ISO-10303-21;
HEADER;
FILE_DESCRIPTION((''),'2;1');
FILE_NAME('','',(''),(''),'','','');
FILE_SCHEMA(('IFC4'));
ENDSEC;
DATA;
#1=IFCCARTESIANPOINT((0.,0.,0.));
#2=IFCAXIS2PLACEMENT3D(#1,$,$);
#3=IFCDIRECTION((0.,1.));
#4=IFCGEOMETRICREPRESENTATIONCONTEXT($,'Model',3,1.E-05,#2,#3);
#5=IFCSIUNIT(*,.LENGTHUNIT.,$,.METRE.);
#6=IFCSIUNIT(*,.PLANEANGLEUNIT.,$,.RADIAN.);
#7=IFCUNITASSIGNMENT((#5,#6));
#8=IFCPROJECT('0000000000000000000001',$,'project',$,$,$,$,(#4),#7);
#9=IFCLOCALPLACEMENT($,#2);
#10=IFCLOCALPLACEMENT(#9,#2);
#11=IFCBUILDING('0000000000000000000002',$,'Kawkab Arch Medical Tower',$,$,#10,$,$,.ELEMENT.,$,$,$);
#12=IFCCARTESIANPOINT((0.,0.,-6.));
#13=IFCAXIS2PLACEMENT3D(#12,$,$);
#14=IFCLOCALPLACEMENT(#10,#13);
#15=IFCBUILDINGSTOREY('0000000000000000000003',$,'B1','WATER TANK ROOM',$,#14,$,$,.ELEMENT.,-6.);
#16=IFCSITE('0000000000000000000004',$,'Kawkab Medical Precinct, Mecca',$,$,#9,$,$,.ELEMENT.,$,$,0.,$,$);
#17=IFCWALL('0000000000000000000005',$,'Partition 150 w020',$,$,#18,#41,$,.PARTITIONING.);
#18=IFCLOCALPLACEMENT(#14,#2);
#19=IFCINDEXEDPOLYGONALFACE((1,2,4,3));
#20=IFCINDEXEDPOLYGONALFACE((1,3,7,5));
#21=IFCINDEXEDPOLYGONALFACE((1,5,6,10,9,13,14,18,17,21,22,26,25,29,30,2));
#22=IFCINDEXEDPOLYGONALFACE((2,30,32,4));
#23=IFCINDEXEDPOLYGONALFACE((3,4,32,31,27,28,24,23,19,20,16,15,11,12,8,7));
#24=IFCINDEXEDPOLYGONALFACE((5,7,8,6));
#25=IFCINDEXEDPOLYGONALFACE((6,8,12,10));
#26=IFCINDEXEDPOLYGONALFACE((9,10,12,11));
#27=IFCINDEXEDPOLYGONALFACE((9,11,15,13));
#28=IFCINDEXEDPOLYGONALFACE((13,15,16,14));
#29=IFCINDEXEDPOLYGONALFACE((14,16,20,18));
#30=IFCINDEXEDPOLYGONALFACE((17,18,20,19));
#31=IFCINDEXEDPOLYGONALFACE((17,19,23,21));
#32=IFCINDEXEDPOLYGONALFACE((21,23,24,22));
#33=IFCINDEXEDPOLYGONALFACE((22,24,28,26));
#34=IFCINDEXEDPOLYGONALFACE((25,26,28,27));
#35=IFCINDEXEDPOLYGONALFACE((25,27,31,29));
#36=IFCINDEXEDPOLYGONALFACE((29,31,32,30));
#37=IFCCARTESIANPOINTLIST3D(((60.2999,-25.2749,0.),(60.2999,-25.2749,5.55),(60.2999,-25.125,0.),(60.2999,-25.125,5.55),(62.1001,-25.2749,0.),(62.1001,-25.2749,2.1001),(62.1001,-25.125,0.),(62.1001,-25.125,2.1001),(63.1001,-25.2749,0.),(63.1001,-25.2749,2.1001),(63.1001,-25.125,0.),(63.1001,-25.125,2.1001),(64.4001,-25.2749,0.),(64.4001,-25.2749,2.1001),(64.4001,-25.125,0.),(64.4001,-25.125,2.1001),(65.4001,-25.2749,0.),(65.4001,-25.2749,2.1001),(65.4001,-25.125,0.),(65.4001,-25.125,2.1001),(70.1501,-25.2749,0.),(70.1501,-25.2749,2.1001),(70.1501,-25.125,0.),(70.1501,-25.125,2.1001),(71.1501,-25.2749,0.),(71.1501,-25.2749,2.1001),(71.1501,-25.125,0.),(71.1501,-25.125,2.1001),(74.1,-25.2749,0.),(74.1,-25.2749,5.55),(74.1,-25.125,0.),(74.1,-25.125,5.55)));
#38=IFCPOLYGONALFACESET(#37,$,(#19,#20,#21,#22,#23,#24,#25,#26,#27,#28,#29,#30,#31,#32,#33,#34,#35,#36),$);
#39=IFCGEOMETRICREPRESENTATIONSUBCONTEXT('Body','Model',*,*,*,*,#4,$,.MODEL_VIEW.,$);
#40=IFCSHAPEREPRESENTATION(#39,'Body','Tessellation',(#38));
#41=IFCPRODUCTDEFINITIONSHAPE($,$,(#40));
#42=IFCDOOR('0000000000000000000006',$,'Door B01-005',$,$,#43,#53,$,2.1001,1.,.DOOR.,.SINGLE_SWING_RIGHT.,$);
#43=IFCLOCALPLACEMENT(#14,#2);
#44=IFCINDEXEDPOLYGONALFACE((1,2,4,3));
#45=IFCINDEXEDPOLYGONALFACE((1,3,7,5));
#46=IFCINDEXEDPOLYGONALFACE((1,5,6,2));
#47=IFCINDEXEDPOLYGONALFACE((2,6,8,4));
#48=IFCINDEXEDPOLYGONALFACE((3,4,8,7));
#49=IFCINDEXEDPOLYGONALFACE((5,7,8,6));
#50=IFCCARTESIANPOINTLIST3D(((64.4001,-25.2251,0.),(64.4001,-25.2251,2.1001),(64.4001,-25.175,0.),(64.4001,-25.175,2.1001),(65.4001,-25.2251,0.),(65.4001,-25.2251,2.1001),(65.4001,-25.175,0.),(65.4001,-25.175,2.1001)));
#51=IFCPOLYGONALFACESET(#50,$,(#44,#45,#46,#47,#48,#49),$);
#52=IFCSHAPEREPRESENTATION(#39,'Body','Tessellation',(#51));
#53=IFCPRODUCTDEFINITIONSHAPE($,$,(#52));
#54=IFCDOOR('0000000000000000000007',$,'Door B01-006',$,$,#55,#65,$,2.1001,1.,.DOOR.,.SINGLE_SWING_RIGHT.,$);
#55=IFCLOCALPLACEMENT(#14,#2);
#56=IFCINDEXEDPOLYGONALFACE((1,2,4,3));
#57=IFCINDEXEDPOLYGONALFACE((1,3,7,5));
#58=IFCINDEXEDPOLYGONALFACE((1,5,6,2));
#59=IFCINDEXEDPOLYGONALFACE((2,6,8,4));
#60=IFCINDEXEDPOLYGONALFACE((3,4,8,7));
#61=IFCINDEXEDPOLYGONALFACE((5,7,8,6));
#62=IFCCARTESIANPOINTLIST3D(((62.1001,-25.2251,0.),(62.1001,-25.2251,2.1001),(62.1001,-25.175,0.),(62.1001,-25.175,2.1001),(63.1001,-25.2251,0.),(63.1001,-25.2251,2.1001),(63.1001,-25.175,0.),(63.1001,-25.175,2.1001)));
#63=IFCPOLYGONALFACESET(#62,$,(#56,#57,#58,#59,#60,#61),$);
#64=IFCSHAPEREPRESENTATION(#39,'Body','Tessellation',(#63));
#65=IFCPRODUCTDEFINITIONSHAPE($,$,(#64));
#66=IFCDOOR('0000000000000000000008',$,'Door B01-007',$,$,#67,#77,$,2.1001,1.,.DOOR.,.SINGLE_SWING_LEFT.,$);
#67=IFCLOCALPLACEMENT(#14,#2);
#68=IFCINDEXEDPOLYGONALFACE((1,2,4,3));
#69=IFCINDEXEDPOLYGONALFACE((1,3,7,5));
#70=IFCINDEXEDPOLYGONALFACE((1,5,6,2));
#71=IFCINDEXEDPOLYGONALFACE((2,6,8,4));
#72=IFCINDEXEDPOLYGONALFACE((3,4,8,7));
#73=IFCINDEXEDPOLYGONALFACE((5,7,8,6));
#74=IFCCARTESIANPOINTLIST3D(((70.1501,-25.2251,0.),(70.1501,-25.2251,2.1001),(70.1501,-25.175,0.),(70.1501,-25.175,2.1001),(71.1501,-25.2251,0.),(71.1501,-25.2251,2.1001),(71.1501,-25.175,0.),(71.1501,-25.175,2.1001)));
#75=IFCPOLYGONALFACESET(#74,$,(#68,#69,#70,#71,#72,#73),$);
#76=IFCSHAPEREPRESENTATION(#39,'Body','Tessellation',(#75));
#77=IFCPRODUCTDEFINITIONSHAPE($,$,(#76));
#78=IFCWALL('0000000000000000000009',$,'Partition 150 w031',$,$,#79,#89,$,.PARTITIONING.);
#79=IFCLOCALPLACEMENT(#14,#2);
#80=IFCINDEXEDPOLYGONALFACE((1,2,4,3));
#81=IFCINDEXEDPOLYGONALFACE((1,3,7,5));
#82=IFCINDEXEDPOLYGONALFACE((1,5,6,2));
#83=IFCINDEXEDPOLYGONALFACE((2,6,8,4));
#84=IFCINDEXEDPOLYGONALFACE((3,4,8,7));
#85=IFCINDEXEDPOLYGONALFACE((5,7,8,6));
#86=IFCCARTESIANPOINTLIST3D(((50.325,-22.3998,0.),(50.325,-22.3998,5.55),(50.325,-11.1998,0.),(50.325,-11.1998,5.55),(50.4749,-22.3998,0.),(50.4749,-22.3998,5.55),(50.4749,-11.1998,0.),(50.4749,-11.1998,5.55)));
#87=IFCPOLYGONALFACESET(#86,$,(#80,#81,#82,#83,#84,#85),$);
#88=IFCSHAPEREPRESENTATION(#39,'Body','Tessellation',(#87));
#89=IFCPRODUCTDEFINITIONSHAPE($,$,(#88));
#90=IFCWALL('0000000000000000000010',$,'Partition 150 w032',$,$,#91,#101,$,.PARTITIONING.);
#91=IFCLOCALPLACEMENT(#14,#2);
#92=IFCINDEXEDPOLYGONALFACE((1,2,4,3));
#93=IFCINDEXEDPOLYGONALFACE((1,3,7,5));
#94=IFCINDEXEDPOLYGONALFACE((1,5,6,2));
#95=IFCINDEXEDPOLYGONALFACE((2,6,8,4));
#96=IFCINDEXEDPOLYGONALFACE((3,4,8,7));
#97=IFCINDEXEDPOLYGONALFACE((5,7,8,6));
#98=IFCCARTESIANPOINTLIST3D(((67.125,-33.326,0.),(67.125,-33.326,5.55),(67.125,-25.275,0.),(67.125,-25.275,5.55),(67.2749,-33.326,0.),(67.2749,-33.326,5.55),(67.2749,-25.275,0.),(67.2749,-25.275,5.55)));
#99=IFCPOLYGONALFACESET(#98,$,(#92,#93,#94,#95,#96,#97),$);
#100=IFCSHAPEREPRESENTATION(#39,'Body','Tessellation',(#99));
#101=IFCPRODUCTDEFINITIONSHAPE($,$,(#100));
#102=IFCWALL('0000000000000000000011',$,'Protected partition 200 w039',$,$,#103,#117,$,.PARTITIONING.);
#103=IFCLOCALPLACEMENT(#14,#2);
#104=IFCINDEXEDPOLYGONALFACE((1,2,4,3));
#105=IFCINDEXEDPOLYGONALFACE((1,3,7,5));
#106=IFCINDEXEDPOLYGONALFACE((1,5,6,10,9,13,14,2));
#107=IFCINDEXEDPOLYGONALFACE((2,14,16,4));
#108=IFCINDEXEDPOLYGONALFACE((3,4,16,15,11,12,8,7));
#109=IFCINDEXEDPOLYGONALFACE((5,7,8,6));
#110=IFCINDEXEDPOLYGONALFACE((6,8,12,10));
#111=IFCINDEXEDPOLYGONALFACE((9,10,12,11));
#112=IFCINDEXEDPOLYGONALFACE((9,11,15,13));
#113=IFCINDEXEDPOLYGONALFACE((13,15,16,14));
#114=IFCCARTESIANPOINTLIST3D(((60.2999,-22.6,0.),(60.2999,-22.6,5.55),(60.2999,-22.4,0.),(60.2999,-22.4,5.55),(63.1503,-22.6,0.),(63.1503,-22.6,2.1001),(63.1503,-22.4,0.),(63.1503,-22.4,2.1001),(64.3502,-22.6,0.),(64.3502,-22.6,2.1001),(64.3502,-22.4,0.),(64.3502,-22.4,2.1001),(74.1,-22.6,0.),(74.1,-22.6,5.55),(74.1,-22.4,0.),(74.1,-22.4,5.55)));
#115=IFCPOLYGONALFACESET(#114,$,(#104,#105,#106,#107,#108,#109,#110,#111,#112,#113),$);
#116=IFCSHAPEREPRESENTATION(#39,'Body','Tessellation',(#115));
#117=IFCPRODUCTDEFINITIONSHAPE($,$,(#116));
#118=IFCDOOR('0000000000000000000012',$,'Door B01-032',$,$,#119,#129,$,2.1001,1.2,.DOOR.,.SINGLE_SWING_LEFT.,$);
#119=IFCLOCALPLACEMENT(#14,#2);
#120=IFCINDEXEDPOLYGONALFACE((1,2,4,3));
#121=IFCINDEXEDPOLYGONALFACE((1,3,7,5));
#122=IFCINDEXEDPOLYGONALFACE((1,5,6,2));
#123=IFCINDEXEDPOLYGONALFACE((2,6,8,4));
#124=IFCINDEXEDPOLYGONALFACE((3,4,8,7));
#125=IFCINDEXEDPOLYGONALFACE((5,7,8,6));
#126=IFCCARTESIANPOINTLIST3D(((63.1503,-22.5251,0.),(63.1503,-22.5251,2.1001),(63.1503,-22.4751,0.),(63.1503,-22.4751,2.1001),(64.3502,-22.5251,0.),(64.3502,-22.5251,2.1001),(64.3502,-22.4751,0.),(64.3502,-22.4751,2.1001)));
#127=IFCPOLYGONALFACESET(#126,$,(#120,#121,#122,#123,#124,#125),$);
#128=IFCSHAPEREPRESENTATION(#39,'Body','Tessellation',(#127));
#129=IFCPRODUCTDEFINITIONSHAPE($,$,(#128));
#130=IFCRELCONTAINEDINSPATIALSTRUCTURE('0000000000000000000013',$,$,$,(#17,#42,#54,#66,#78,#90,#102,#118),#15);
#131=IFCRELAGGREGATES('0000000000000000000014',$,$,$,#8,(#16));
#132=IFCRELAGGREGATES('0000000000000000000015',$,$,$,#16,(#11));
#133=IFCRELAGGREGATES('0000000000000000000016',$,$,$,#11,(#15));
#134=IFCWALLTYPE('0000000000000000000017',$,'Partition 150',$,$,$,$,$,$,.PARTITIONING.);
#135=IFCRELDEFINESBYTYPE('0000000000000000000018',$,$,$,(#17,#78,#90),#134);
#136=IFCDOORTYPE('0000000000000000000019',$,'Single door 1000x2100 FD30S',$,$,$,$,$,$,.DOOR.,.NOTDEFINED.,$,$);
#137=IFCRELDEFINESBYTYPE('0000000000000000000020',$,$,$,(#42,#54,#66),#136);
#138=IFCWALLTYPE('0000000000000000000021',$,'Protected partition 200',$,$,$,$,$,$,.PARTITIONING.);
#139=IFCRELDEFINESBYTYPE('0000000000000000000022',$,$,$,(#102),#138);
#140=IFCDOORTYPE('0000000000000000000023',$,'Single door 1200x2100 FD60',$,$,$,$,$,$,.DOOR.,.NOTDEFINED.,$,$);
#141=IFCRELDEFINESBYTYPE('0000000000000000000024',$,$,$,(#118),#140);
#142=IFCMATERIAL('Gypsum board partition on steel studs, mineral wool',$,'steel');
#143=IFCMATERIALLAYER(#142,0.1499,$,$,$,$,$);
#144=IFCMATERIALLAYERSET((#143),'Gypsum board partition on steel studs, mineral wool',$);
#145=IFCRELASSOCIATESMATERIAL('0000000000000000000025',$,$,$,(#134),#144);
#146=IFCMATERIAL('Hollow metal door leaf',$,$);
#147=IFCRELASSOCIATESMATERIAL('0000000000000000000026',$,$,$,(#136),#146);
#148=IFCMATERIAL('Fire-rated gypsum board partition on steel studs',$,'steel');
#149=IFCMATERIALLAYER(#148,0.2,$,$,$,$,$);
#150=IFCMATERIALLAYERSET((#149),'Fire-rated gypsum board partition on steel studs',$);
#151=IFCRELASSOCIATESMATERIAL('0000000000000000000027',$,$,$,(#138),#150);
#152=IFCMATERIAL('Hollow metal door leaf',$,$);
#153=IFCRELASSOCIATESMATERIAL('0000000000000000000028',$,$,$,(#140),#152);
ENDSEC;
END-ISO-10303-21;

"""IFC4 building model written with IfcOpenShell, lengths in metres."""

from ifc_helpers import new_model, si_unit, direction, frame, frame_2d, origin, place, context, subcontext, project, spatial, rectangle, extrude, material, layer, layer_set, type_object, element, fill, save


model = new_model("IFC4")

# Units and contexts
model_context = context("Model", 3, precision=1e-05, world=origin(), true_north=direction((0.0, 1.0)))
body_context = subcontext(model_context, "Body", "Model", "MODEL_VIEW")
ifc_project = project(units=[si_unit("LENGTHUNIT", "METRE"), si_unit("PLANEANGLEUNIT", "RADIAN")], contexts=[model_context])

# Site, building, storey
site_placement = place(None, origin())
site = spatial("IfcSite", under=ifc_project, at=site_placement, Name="Kawkab Medical Precinct, Mecca", CompositionType="ELEMENT", RefElevation=0.0)
building_placement = place(site_placement, origin())
building = spatial("IfcBuilding", under=site, at=building_placement, Name="Kawkab Arch Medical Tower", CompositionType="ELEMENT")
storey_placement = place(building_placement, frame((0.0, 0.0, -6.0)))
storey = spatial("IfcBuildingStorey", under=building, at=storey_placement, Name="B1", Description="WATER TANK ROOM", CompositionType="ELEMENT", Elevation=-6.0)

# Wall, openings, doors
ifc_material_1 = material(Name="Gypsum board partition on steel studs, mineral wool", Category="steel")
ifc_layer_1 = layer(ifc_material_1, 0.1499)
ifc_layer_set_1 = layer_set([ifc_layer_1], Name="Gypsum board partition on steel studs, mineral wool")
wall_type_1 = type_object("IfcWallType", Name="Partition 150", PredefinedType="PARTITIONING", material=ifc_layer_set_1)
wall_1_placement = place(storey_placement, frame((60.3, -25.2, 0.0), z_axis=(0.0, 0.0, 1.0), x_axis=(1.0, 0.0, 0.0)))
wall_1 = element("IfcWall", 1, at=wall_1_placement, inside=storey, type_object=wall_type_1, Name="Partition 150 w020", PredefinedType="PARTITIONING", context=body_context, shape_type="SweptSolid", body=[
    extrude(rectangle(XDim=13.8, YDim=0.1499, at=frame_2d((6.8999, 0.0))), origin(), (0.0, 0.0, 1.0), 5.55),
])
opening_1_placement = place(wall_1_placement, frame((4.1001, 0.0, 0.0)))
opening_1 = element("IfcOpeningElement", 2, at=opening_1_placement, cuts=wall_1, PredefinedType="OPENING", context=body_context, shape_type="SweptSolid", body=[
    extrude(rectangle(XDim=1.0, YDim=2.1001, at=frame_2d((0.5, 1.05))), frame((0.0, 0.085, 0.0), z_axis=(0.0, -1.0, 0.0), x_axis=(1.0, 0.0, 0.0)), (0.0, 0.0, 1.0), 0.1699),
])
opening_2_placement = place(wall_1_placement, frame((1.8, 0.0, 0.0)))
opening_2 = element("IfcOpeningElement", 3, at=opening_2_placement, cuts=wall_1, PredefinedType="OPENING", context=body_context, shape_type="SweptSolid", body=[
    extrude(rectangle(XDim=1.0, YDim=2.1001, at=frame_2d((0.5, 1.05))), frame((0.0, 0.085, 0.0), z_axis=(0.0, -1.0, 0.0), x_axis=(1.0, 0.0, 0.0)), (0.0, 0.0, 1.0), 0.1699),
])
opening_3_placement = place(wall_1_placement, frame((9.8501, 0.0, 0.0)))
opening_3 = element("IfcOpeningElement", 4, at=opening_3_placement, cuts=wall_1, PredefinedType="OPENING", context=body_context, shape_type="SweptSolid", body=[
    extrude(rectangle(XDim=1.0, YDim=2.1001, at=frame_2d((0.5, 1.05))), frame((0.0, 0.085, 0.0), z_axis=(0.0, -1.0, 0.0), x_axis=(1.0, 0.0, 0.0)), (0.0, 0.0, 1.0), 0.1699),
])
ifc_material_2 = material(Name="Hollow metal door leaf")
door_type_1 = type_object("IfcDoorType", Name="Single door 1000x2100 FD30S", OperationType="NOTDEFINED", PredefinedType="DOOR", material=ifc_material_2)
door_1_placement = place(opening_1_placement, origin())
door_1 = element("IfcDoor", 5, at=door_1_placement, inside=storey, type_object=door_type_1, Name="Door B01-005", OperationType="SINGLE_SWING_RIGHT", OverallHeight=2.1001, OverallWidth=1.0, PredefinedType="DOOR", context=body_context, shape_type="SweptSolid", body=[
    extrude(rectangle(XDim=1.0, YDim=2.1001, at=frame_2d((0.5, 1.05))), frame((0.0, 0.0249, 0.0), z_axis=(0.0, -1.0, 0.0), x_axis=(1.0, 0.0, 0.0)), (0.0, 0.0, 1.0), 0.05),
])
fill(opening_1, door_1)
door_2_placement = place(opening_2_placement, origin())
door_2 = element("IfcDoor", 6, at=door_2_placement, inside=storey, type_object=door_type_1, Name="Door B01-006", OperationType="SINGLE_SWING_RIGHT", OverallHeight=2.1001, OverallWidth=1.0, PredefinedType="DOOR", context=body_context, shape_type="SweptSolid", body=[
    extrude(rectangle(XDim=1.0, YDim=2.1001, at=frame_2d((0.5, 1.05))), frame((0.0, 0.0249, 0.0), z_axis=(0.0, -1.0, 0.0), x_axis=(1.0, 0.0, 0.0)), (0.0, 0.0, 1.0), 0.05),
])
fill(opening_2, door_2)
door_3_placement = place(opening_3_placement, origin())
door_3 = element("IfcDoor", 7, at=door_3_placement, inside=storey, type_object=door_type_1, Name="Door B01-007", OperationType="SINGLE_SWING_LEFT", OverallHeight=2.1001, OverallWidth=1.0, PredefinedType="DOOR", context=body_context, shape_type="SweptSolid", body=[
    extrude(rectangle(XDim=1.0, YDim=2.1001, at=frame_2d((0.5, 1.05))), frame((0.0, 0.0249, 0.0), z_axis=(0.0, -1.0, 0.0), x_axis=(1.0, 0.0, 0.0)), (0.0, 0.0, 1.0), 0.05),
])
fill(opening_3, door_3)

# Walls
wall_2_placement = place(storey_placement, frame((50.3999, -22.3999, 0.0), z_axis=(0.0, 0.0, 1.0), x_axis=(0.0, 1.0, 0.0)))
element("IfcWall", 8, at=wall_2_placement, inside=storey, type_object=wall_type_1, Name="Partition 150 w031", PredefinedType="PARTITIONING", context=body_context, shape_type="SweptSolid", body=[
    extrude(rectangle(XDim=11.2, YDim=0.1499, at=frame_2d((5.6001, 0.0))), origin(), (0.0, 0.0, 1.0), 5.55),
])
wall_3_placement = place(storey_placement, frame((67.2, -33.3259, 0.0), z_axis=(0.0, 0.0, 1.0), x_axis=(0.0, 1.0, 0.0)))
element("IfcWall", 9, at=wall_3_placement, inside=storey, type_object=wall_type_1, Name="Partition 150 w032", PredefinedType="PARTITIONING", context=body_context, shape_type="SweptSolid", body=[
    extrude(rectangle(XDim=8.051, YDim=0.1499, at=frame_2d((4.0254, 0.0))), origin(), (0.0, 0.0, 1.0), 5.55),
])

# Wall, opening, door
ifc_material_3 = material(Name="Fire-rated gypsum board partition on steel studs", Category="steel")
ifc_layer_2 = layer(ifc_material_3, 0.2)
ifc_layer_set_2 = layer_set([ifc_layer_2], Name="Fire-rated gypsum board partition on steel studs")
wall_type_2 = type_object("IfcWallType", Name="Protected partition 200", PredefinedType="PARTITIONING", material=ifc_layer_set_2)
wall_4_placement = place(storey_placement, frame((60.3, -22.5, 0.0), z_axis=(0.0, 0.0, 1.0), x_axis=(1.0, 0.0, 0.0)))
wall_4 = element("IfcWall", 10, at=wall_4_placement, inside=storey, type_object=wall_type_2, Name="Protected partition 200 w039", PredefinedType="PARTITIONING", context=body_context, shape_type="SweptSolid", body=[
    extrude(rectangle(XDim=13.8, YDim=0.2, at=frame_2d((6.8999, 0.0))), origin(), (0.0, 0.0, 1.0), 5.55),
])
opening_4_placement = place(wall_4_placement, frame((2.8501, 0.0, 0.0)))
opening_4 = element("IfcOpeningElement", 11, at=opening_4_placement, cuts=wall_4, PredefinedType="OPENING", context=body_context, shape_type="SweptSolid", body=[
    extrude(rectangle(XDim=1.2, YDim=2.1001, at=frame_2d((0.6001, 1.05))), frame((0.0, 0.1099, 0.0), z_axis=(0.0, -1.0, 0.0), x_axis=(1.0, 0.0, 0.0)), (0.0, 0.0, 1.0), 0.22),
])
ifc_material_4 = material(Name="Hollow metal door leaf")
door_type_2 = type_object("IfcDoorType", Name="Single door 1200x2100 FD60", OperationType="NOTDEFINED", PredefinedType="DOOR", material=ifc_material_4)
door_4_placement = place(opening_4_placement, origin())
door_4 = element("IfcDoor", 12, at=door_4_placement, inside=storey, type_object=door_type_2, Name="Door B01-032", OperationType="SINGLE_SWING_LEFT", OverallHeight=2.1001, OverallWidth=1.2, PredefinedType="DOOR", context=body_context, shape_type="SweptSolid", body=[
    extrude(rectangle(XDim=1.2, YDim=2.1001, at=frame_2d((0.6001, 1.05))), frame((0.0, 0.0249, 0.0), z_axis=(0.0, -1.0, 0.0), x_axis=(1.0, 0.0, 0.0)), (0.0, 0.0, 1.0), 0.05),
])
fill(opening_4, door_4)

save(model, "model.ifc")
